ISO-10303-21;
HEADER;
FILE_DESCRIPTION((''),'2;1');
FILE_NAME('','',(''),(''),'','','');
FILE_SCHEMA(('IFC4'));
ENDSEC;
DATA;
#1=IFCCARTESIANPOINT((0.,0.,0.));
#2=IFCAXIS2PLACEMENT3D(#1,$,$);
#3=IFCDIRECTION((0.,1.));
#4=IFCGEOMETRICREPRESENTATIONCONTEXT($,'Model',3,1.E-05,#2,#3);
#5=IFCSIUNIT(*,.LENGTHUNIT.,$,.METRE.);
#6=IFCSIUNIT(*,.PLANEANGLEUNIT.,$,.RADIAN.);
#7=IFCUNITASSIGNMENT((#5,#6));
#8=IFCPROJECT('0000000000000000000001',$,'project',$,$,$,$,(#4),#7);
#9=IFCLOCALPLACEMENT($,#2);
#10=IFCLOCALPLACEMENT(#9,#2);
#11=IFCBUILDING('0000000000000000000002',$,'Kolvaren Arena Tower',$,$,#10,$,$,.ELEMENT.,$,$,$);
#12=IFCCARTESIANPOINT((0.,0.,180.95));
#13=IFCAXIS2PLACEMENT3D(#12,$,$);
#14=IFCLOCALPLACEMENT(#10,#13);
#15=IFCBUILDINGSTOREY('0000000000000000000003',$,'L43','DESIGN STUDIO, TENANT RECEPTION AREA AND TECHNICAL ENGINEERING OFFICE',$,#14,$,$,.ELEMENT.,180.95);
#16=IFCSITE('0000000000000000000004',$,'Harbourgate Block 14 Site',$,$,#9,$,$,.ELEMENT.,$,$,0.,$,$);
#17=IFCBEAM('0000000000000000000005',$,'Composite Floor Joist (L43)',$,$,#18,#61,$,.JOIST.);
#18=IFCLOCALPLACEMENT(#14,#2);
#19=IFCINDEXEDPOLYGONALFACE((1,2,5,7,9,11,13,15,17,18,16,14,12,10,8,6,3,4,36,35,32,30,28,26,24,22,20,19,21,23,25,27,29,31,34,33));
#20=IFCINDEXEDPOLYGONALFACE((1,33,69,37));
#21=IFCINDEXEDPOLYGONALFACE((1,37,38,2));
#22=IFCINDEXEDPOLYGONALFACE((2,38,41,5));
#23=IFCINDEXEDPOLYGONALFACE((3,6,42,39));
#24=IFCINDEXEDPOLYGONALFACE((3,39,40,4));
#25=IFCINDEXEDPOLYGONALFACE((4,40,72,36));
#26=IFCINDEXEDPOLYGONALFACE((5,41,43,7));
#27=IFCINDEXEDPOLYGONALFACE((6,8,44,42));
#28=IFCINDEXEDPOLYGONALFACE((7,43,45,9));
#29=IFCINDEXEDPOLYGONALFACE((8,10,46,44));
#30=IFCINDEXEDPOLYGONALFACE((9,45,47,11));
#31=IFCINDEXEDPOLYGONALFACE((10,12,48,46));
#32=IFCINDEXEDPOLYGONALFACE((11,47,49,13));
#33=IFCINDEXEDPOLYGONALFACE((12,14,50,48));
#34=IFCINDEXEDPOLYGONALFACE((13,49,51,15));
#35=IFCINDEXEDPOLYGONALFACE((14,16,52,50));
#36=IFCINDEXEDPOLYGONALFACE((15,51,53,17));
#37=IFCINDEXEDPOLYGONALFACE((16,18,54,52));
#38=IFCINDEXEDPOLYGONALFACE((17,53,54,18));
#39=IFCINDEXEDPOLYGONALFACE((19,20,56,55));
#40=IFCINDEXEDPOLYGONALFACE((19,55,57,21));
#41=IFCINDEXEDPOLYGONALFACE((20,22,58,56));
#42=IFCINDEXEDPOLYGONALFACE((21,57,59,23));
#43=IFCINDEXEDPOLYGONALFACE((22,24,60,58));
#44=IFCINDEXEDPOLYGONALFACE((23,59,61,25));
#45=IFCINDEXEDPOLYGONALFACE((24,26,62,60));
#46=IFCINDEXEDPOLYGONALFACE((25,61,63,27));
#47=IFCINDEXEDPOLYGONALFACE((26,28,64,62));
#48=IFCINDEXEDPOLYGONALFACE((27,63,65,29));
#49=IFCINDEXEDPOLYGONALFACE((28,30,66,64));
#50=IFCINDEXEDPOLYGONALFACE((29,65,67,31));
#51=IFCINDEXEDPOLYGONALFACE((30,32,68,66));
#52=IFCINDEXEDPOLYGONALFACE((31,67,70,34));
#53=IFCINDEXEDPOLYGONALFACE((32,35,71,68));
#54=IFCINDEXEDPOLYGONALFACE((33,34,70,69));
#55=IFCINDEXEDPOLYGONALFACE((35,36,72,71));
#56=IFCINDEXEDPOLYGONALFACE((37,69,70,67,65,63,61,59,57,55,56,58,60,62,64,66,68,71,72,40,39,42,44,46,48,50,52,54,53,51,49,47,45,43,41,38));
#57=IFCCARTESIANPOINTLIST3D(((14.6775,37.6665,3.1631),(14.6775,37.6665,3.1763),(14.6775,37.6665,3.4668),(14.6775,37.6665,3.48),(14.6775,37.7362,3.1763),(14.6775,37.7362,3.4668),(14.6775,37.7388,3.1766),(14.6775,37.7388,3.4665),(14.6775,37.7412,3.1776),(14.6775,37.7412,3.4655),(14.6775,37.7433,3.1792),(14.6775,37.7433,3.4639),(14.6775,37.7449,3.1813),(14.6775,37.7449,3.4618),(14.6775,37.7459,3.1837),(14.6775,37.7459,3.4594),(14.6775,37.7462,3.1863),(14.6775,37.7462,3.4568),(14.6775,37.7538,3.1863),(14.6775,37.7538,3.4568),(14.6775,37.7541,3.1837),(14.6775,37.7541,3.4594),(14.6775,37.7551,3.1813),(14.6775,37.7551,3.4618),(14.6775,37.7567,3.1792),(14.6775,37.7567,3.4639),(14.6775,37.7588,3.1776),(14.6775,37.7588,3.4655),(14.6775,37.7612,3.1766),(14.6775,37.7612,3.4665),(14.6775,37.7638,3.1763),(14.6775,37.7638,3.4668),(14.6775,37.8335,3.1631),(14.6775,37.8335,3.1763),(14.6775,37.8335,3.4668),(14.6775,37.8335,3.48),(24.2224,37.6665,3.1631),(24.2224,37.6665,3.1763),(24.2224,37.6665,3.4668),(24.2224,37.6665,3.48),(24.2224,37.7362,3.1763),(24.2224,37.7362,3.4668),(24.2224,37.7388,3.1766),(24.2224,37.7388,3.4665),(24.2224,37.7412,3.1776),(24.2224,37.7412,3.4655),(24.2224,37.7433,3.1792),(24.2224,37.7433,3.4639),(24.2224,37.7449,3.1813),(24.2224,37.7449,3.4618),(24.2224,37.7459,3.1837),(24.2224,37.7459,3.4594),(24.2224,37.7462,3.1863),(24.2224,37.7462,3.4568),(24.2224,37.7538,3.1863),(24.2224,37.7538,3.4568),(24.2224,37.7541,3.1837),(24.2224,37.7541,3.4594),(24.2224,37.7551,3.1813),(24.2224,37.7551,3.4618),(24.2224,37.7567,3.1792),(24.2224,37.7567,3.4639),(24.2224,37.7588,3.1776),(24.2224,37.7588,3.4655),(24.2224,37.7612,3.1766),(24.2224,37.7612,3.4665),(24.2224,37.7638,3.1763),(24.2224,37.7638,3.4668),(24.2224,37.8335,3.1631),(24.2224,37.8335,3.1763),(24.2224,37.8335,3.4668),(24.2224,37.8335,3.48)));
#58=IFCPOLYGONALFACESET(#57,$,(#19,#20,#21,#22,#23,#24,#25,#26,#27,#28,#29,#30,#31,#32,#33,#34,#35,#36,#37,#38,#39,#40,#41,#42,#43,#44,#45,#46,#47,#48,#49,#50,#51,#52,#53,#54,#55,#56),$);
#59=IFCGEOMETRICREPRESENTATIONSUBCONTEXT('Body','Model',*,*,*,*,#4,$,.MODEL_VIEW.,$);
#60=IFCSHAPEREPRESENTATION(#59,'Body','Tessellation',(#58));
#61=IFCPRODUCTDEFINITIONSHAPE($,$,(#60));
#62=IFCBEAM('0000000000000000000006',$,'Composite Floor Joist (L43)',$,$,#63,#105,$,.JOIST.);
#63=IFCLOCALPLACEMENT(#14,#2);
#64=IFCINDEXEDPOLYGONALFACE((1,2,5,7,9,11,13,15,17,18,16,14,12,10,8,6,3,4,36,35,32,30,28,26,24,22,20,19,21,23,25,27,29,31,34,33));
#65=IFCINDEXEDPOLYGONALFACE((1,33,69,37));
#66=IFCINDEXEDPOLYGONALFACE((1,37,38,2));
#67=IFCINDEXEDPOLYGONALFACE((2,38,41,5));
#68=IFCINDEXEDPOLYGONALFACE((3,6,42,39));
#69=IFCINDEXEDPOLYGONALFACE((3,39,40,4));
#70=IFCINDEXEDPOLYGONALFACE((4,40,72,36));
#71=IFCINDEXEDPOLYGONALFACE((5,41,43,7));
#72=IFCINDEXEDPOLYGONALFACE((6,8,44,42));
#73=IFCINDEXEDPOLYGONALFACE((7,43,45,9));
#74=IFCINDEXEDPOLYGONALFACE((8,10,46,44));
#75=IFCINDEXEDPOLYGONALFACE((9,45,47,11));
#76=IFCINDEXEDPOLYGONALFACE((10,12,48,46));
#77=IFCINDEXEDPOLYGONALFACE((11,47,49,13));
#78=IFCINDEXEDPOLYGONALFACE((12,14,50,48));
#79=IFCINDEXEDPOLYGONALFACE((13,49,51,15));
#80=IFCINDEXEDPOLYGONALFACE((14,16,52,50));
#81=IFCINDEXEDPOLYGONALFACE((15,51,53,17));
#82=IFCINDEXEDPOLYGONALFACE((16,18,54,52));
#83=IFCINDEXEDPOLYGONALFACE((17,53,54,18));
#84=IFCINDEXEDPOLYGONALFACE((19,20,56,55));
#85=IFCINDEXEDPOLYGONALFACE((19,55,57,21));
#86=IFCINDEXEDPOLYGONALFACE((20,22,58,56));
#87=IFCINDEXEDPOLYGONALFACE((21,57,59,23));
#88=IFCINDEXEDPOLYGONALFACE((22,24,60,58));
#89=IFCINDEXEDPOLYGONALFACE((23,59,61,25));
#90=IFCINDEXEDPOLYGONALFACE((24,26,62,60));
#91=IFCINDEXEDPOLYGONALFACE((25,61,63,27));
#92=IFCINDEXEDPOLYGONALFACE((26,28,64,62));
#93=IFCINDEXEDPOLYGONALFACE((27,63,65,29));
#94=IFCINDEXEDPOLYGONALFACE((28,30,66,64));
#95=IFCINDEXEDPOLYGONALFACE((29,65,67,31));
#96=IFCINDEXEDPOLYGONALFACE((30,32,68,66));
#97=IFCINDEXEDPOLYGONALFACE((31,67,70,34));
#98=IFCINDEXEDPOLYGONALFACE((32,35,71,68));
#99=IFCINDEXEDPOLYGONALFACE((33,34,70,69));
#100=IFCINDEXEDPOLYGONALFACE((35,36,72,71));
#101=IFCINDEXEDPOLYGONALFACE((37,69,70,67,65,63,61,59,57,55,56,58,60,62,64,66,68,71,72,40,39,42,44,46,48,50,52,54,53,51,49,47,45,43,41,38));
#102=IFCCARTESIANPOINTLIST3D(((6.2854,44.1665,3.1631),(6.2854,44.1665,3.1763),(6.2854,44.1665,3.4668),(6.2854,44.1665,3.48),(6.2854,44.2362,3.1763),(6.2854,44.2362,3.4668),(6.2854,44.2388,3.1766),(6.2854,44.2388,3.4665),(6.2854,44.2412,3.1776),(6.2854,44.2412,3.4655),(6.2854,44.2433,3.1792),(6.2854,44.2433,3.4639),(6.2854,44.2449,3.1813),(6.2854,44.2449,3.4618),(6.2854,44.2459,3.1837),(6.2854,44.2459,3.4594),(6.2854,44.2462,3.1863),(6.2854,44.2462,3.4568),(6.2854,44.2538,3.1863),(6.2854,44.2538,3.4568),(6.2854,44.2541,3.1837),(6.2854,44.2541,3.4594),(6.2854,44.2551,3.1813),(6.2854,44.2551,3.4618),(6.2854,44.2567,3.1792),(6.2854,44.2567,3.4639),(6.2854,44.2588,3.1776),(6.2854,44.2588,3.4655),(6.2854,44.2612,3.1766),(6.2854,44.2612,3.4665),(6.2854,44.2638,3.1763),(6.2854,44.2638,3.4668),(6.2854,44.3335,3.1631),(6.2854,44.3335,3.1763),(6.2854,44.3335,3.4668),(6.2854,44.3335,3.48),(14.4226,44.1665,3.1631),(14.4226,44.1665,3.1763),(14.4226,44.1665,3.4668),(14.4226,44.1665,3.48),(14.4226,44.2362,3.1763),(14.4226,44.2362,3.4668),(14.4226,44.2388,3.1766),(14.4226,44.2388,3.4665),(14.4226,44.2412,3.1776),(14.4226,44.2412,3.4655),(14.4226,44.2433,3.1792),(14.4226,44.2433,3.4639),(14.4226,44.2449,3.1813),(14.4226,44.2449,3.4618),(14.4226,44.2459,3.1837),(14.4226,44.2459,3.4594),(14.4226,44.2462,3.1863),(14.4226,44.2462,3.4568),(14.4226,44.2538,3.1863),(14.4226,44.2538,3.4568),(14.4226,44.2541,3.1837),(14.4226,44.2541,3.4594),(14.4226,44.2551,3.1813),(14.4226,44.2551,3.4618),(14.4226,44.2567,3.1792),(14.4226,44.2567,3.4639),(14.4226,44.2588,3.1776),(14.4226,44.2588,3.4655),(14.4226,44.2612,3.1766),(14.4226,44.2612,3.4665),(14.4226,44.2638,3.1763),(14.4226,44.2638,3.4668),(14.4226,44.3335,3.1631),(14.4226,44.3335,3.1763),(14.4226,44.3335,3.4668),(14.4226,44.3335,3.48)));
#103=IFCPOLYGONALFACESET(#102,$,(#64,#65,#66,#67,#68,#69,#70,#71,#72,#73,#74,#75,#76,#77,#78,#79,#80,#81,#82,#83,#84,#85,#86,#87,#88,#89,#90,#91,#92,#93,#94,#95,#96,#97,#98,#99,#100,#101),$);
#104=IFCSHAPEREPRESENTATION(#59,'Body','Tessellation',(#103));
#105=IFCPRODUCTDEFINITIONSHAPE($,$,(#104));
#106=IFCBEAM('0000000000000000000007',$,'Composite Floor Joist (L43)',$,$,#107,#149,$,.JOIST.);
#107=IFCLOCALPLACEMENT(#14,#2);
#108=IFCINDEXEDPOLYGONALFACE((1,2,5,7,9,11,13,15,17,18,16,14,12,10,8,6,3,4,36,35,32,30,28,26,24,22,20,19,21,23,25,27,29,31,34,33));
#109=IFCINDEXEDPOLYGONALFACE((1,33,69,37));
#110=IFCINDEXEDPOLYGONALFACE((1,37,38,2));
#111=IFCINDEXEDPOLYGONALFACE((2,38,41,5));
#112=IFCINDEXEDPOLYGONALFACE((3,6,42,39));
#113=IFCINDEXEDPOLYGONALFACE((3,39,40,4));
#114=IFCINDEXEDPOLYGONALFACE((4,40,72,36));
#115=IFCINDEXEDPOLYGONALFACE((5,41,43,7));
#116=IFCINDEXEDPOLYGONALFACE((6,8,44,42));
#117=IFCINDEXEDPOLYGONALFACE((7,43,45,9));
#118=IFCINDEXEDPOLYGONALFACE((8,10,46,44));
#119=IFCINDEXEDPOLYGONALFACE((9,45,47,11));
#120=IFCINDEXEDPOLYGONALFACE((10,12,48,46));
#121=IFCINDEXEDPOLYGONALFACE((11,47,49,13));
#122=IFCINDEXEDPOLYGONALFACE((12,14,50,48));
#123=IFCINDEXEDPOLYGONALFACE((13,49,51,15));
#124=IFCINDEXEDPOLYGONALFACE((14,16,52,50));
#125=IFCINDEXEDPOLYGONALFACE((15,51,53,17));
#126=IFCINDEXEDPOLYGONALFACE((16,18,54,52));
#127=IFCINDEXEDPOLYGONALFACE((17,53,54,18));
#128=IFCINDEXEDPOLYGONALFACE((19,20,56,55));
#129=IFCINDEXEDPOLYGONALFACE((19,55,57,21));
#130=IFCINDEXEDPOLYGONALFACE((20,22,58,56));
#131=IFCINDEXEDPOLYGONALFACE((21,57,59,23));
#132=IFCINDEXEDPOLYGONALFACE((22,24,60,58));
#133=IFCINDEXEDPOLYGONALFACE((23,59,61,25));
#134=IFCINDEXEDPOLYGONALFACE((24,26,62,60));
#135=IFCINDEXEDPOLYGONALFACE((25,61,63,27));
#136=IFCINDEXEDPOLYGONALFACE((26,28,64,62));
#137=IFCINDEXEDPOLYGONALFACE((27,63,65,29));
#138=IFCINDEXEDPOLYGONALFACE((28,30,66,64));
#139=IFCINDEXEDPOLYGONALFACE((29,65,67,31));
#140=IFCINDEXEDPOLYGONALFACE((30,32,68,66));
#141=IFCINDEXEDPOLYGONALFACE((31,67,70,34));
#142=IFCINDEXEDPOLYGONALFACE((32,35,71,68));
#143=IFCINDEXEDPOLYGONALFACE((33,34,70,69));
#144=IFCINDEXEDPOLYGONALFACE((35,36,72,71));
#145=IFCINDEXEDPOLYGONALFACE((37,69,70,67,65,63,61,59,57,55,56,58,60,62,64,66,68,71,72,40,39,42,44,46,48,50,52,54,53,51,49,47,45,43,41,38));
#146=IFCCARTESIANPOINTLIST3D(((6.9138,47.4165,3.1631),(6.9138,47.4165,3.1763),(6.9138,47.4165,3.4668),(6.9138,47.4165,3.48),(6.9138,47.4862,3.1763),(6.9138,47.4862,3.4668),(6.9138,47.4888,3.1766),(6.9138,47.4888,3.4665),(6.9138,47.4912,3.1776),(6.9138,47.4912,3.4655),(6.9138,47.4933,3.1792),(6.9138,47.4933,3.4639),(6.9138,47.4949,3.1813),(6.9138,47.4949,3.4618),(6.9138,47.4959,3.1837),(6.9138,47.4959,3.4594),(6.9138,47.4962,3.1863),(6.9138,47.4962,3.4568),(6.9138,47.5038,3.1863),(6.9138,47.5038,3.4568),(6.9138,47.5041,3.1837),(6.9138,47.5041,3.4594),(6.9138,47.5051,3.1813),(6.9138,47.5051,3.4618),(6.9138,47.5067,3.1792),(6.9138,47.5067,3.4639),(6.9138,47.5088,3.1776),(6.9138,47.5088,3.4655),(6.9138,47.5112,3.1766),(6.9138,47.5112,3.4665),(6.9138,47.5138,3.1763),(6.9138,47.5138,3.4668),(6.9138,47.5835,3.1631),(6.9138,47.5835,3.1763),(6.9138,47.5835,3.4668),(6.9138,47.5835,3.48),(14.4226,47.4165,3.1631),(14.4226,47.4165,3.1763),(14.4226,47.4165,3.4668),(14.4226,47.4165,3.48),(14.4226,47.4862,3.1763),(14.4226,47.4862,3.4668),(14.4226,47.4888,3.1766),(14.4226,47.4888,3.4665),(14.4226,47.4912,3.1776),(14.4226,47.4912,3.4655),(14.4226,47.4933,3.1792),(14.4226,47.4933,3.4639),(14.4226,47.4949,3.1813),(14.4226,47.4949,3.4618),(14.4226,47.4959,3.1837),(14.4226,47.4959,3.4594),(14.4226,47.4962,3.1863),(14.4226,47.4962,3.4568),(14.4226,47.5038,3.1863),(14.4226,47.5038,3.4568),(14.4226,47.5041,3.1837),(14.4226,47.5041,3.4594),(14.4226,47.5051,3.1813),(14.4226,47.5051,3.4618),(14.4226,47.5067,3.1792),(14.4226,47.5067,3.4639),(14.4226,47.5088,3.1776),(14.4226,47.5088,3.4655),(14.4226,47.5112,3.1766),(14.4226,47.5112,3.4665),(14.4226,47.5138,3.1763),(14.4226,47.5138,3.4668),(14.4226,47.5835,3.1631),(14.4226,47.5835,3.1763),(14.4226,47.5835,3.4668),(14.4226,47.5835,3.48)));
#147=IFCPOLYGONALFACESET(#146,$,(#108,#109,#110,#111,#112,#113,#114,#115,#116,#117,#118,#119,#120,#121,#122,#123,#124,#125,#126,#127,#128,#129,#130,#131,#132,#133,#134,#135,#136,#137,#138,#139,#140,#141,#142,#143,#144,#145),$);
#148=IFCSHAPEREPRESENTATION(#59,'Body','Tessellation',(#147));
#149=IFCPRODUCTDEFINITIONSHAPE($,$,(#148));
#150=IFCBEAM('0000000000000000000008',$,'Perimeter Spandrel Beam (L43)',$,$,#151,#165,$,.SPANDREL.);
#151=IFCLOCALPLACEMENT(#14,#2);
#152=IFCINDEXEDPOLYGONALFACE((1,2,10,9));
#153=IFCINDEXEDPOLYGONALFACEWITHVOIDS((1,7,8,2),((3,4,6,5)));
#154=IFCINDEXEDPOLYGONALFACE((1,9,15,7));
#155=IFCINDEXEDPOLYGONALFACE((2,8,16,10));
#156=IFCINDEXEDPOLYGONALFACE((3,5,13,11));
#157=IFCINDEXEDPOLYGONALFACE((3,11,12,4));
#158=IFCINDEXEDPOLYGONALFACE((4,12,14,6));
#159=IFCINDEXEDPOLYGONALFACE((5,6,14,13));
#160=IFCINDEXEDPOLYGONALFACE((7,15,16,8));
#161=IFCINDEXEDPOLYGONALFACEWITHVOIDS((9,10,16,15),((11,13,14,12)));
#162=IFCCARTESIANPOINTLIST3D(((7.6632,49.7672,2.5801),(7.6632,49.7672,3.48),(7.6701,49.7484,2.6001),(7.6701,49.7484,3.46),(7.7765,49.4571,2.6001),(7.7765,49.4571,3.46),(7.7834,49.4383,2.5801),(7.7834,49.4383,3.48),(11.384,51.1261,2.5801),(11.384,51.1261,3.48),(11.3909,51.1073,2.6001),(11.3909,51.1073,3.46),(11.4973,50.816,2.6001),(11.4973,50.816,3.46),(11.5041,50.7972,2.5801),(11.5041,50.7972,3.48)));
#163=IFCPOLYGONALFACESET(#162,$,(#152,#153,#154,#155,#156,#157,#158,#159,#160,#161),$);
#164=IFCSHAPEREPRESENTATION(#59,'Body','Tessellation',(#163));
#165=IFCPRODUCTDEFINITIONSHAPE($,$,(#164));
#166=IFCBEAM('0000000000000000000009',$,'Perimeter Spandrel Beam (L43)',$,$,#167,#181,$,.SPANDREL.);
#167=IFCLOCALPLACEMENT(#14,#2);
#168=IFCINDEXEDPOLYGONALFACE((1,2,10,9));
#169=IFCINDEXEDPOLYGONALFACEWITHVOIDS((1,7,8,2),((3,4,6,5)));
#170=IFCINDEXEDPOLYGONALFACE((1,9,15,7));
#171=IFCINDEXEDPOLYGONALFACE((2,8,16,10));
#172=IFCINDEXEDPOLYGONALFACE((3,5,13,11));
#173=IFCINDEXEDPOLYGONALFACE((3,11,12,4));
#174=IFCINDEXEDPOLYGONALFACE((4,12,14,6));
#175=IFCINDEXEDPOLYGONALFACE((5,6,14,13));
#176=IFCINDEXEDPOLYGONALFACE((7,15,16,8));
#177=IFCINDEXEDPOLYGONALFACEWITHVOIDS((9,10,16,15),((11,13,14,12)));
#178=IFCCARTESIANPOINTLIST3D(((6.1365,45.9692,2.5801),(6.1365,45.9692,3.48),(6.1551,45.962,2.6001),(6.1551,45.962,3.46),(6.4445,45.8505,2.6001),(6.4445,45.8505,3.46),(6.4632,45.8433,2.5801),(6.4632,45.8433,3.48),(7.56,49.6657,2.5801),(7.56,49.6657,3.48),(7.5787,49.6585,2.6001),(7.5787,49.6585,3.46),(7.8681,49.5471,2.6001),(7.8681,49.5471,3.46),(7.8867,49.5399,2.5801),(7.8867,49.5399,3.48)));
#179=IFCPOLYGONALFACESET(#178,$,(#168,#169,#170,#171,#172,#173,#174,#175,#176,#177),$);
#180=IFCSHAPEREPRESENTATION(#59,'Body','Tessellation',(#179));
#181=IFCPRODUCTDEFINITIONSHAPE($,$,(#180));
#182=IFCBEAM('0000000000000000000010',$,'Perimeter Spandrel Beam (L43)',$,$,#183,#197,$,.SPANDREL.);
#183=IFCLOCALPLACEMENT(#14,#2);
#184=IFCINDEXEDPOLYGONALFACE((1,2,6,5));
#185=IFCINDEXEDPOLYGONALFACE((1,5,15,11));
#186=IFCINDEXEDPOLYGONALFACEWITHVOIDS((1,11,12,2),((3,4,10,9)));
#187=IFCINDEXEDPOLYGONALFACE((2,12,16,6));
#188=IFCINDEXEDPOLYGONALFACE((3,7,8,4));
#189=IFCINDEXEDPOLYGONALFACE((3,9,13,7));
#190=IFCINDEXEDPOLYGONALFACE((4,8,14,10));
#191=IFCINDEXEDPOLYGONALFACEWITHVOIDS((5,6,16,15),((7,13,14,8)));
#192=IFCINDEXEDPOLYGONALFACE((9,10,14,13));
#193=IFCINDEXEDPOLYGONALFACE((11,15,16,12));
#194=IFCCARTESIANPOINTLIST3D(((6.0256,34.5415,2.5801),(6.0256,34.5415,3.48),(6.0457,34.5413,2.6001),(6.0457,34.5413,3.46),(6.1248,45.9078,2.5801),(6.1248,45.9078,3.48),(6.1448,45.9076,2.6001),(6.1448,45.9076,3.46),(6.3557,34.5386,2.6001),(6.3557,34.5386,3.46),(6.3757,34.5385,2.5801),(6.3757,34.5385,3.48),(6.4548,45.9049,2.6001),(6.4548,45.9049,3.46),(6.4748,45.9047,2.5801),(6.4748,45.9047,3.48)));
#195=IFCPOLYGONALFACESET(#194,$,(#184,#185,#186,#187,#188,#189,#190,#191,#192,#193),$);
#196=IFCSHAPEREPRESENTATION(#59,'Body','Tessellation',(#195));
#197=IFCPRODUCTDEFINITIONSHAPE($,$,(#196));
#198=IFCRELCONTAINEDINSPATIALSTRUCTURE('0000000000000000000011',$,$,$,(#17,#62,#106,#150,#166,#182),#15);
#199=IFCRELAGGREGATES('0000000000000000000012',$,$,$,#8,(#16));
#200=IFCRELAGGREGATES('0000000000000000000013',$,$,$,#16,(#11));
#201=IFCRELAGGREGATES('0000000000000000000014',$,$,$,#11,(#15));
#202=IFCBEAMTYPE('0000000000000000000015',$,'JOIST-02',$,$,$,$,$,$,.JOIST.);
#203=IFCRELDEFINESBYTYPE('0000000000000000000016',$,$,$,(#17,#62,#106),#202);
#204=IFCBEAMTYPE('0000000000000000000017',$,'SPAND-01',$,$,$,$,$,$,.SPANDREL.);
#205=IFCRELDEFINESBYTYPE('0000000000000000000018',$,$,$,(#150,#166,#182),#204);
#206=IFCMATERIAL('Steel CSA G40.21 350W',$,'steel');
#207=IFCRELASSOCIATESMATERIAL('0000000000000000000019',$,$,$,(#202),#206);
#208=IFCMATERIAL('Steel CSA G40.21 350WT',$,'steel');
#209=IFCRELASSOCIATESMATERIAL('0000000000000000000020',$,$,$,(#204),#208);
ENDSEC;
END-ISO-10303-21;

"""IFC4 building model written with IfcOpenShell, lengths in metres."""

from ifc_helpers import new_model, si_unit, direction, frame, origin, origin_2d, place, context, subcontext, project, spatial, hollow_rectangle, i_section, extrude, material, material_profile, profile_set, type_object, element, save


model = new_model("IFC4")

# Units and contexts
model_context = context("Model", 3, precision=1e-05, world=origin(), true_north=direction((0.0, 1.0)))
body_context = subcontext(model_context, "Body", "Model", "MODEL_VIEW")
ifc_project = project(units=[si_unit("LENGTHUNIT", "METRE"), si_unit("PLANEANGLEUNIT", "RADIAN")], contexts=[model_context])

# Site, building, storey
site_placement = place(None, origin())
site = spatial("IfcSite", under=ifc_project, at=site_placement, Name="Harbourgate Block 14 Site", CompositionType="ELEMENT", RefElevation=0.0)
building_placement = place(site_placement, origin())
building = spatial("IfcBuilding", under=site, at=building_placement, Name="Kolvaren Arena Tower", CompositionType="ELEMENT")
storey_placement = place(building_placement, frame((0.0, 0.0, 180.95)))
storey = spatial("IfcBuildingStorey", under=building, at=storey_placement, Name="L43", Description="DESIGN STUDIO, TENANT RECEPTION AREA AND TECHNICAL ENGINEERING OFFICE", CompositionType="ELEMENT", Elevation=180.95)

# Beams
ifc_material_1 = material(Name="Steel CSA G40.21 350W", Category="steel")
ifc_material_profile_1 = material_profile(ifc_material_1, i_section(OverallWidth=0.167, OverallDepth=0.3169, WebThickness=0.0076, FlangeThickness=0.0132, FilletRadius=0.01, at=origin_2d()), Name="W310x52")
ifc_profile_set_1 = profile_set([ifc_material_profile_1], Name="Steel CSA G40.21 350W")
beam_type_1 = type_object("IfcBeamType", Name="JOIST-02", PredefinedType="JOIST", material=ifc_profile_set_1)
beam_1_placement = place(storey_placement, frame((14.6775, 37.75, 3.3215), z_axis=(1.0, 0.0, 0.0), x_axis=(0.0, 1.0, 0.0)))
element("IfcBeam", 1, at=beam_1_placement, inside=storey, type_object=beam_type_1, Name="Composite Floor Joist (L43)", PredefinedType="JOIST", context=body_context, shape_type="SweptSolid", body=[
    extrude(i_section(OverallWidth=0.167, OverallDepth=0.3169, WebThickness=0.0076, FlangeThickness=0.0132, FilletRadius=0.01, at=origin_2d()), origin(), (0.0, 0.0, 1.0), 9.5449),
])
beam_2_placement = place(storey_placement, frame((6.2854, 44.25, 3.3215), z_axis=(1.0, 0.0, 0.0), x_axis=(0.0, 1.0, 0.0)))
element("IfcBeam", 2, at=beam_2_placement, inside=storey, type_object=beam_type_1, Name="Composite Floor Joist (L43)", PredefinedType="JOIST", context=body_context, shape_type="SweptSolid", body=[
    extrude(i_section(OverallWidth=0.167, OverallDepth=0.3169, WebThickness=0.0076, FlangeThickness=0.0132, FilletRadius=0.01, at=origin_2d()), origin(), (0.0, 0.0, 1.0), 8.1372),
])
beam_3_placement = place(storey_placement, frame((6.9138, 47.5, 3.3215), z_axis=(1.0, 0.0, 0.0), x_axis=(0.0, 1.0, 0.0)))
element("IfcBeam", 3, at=beam_3_placement, inside=storey, type_object=beam_type_1, Name="Composite Floor Joist (L43)", PredefinedType="JOIST", context=body_context, shape_type="SweptSolid", body=[
    extrude(i_section(OverallWidth=0.167, OverallDepth=0.3169, WebThickness=0.0076, FlangeThickness=0.0132, FilletRadius=0.01, at=origin_2d()), origin(), (0.0, 0.0, 1.0), 7.5088),
])
ifc_material_2 = material(Name="Steel CSA G40.21 350WT", Category="steel")
ifc_material_profile_2 = material_profile(ifc_material_2, hollow_rectangle(XDim=0.3501, YDim=0.8999, WallThickness=0.02, at=origin_2d()), Name="HSS 900x350x20")
ifc_profile_set_2 = profile_set([ifc_material_profile_2], Name="Steel CSA G40.21 350WT")
beam_type_2 = type_object("IfcBeamType", Name="SPAND-01", PredefinedType="SPANDREL", material=ifc_profile_set_2)
for number, where, z_axis, x_axis, name in (
    (4, (11.4441, 50.9617, 3.03), (-0.939314, -0.343059, 0.0), (0.343059, -0.939314, 0.0), "Perimeter Spandrel Beam (L43)"),
    (5, (7.7234, 49.6028, 3.03), (-0.359384, -0.93319, 0.0), (0.93319, -0.359384, 0.0), "Perimeter Spandrel Beam (L43)"),
):
    element("IfcBeam", number, at=place(storey_placement, frame(where, z_axis=z_axis, x_axis=x_axis)), inside=storey, type_object=beam_type_2, Name=name, PredefinedType="SPANDREL", context=body_context, shape_type="SweptSolid", body=[
        extrude(hollow_rectangle(XDim=0.3501, YDim=0.8999, WallThickness=0.02, at=origin_2d()), origin(), (0.0, 0.0, 1.0), 3.9612),
    ])
for number, where, z_axis, x_axis, name in (
    (6, (6.2998, 45.9062, 3.03), (-0.00872, -0.999962, 0.0), (0.999962, -0.00872, 0.0), "Perimeter Spandrel Beam (L43)"),
):
    element("IfcBeam", number, at=place(storey_placement, frame(where, z_axis=z_axis, x_axis=x_axis)), inside=storey, type_object=beam_type_2, Name=name, PredefinedType="SPANDREL", context=body_context, shape_type="SweptSolid", body=[
        extrude(hollow_rectangle(XDim=0.3501, YDim=0.8999, WallThickness=0.02, at=origin_2d()), origin(), (0.0, 0.0, 1.0), 11.3667),
    ])

save(model, "model.ifc")
